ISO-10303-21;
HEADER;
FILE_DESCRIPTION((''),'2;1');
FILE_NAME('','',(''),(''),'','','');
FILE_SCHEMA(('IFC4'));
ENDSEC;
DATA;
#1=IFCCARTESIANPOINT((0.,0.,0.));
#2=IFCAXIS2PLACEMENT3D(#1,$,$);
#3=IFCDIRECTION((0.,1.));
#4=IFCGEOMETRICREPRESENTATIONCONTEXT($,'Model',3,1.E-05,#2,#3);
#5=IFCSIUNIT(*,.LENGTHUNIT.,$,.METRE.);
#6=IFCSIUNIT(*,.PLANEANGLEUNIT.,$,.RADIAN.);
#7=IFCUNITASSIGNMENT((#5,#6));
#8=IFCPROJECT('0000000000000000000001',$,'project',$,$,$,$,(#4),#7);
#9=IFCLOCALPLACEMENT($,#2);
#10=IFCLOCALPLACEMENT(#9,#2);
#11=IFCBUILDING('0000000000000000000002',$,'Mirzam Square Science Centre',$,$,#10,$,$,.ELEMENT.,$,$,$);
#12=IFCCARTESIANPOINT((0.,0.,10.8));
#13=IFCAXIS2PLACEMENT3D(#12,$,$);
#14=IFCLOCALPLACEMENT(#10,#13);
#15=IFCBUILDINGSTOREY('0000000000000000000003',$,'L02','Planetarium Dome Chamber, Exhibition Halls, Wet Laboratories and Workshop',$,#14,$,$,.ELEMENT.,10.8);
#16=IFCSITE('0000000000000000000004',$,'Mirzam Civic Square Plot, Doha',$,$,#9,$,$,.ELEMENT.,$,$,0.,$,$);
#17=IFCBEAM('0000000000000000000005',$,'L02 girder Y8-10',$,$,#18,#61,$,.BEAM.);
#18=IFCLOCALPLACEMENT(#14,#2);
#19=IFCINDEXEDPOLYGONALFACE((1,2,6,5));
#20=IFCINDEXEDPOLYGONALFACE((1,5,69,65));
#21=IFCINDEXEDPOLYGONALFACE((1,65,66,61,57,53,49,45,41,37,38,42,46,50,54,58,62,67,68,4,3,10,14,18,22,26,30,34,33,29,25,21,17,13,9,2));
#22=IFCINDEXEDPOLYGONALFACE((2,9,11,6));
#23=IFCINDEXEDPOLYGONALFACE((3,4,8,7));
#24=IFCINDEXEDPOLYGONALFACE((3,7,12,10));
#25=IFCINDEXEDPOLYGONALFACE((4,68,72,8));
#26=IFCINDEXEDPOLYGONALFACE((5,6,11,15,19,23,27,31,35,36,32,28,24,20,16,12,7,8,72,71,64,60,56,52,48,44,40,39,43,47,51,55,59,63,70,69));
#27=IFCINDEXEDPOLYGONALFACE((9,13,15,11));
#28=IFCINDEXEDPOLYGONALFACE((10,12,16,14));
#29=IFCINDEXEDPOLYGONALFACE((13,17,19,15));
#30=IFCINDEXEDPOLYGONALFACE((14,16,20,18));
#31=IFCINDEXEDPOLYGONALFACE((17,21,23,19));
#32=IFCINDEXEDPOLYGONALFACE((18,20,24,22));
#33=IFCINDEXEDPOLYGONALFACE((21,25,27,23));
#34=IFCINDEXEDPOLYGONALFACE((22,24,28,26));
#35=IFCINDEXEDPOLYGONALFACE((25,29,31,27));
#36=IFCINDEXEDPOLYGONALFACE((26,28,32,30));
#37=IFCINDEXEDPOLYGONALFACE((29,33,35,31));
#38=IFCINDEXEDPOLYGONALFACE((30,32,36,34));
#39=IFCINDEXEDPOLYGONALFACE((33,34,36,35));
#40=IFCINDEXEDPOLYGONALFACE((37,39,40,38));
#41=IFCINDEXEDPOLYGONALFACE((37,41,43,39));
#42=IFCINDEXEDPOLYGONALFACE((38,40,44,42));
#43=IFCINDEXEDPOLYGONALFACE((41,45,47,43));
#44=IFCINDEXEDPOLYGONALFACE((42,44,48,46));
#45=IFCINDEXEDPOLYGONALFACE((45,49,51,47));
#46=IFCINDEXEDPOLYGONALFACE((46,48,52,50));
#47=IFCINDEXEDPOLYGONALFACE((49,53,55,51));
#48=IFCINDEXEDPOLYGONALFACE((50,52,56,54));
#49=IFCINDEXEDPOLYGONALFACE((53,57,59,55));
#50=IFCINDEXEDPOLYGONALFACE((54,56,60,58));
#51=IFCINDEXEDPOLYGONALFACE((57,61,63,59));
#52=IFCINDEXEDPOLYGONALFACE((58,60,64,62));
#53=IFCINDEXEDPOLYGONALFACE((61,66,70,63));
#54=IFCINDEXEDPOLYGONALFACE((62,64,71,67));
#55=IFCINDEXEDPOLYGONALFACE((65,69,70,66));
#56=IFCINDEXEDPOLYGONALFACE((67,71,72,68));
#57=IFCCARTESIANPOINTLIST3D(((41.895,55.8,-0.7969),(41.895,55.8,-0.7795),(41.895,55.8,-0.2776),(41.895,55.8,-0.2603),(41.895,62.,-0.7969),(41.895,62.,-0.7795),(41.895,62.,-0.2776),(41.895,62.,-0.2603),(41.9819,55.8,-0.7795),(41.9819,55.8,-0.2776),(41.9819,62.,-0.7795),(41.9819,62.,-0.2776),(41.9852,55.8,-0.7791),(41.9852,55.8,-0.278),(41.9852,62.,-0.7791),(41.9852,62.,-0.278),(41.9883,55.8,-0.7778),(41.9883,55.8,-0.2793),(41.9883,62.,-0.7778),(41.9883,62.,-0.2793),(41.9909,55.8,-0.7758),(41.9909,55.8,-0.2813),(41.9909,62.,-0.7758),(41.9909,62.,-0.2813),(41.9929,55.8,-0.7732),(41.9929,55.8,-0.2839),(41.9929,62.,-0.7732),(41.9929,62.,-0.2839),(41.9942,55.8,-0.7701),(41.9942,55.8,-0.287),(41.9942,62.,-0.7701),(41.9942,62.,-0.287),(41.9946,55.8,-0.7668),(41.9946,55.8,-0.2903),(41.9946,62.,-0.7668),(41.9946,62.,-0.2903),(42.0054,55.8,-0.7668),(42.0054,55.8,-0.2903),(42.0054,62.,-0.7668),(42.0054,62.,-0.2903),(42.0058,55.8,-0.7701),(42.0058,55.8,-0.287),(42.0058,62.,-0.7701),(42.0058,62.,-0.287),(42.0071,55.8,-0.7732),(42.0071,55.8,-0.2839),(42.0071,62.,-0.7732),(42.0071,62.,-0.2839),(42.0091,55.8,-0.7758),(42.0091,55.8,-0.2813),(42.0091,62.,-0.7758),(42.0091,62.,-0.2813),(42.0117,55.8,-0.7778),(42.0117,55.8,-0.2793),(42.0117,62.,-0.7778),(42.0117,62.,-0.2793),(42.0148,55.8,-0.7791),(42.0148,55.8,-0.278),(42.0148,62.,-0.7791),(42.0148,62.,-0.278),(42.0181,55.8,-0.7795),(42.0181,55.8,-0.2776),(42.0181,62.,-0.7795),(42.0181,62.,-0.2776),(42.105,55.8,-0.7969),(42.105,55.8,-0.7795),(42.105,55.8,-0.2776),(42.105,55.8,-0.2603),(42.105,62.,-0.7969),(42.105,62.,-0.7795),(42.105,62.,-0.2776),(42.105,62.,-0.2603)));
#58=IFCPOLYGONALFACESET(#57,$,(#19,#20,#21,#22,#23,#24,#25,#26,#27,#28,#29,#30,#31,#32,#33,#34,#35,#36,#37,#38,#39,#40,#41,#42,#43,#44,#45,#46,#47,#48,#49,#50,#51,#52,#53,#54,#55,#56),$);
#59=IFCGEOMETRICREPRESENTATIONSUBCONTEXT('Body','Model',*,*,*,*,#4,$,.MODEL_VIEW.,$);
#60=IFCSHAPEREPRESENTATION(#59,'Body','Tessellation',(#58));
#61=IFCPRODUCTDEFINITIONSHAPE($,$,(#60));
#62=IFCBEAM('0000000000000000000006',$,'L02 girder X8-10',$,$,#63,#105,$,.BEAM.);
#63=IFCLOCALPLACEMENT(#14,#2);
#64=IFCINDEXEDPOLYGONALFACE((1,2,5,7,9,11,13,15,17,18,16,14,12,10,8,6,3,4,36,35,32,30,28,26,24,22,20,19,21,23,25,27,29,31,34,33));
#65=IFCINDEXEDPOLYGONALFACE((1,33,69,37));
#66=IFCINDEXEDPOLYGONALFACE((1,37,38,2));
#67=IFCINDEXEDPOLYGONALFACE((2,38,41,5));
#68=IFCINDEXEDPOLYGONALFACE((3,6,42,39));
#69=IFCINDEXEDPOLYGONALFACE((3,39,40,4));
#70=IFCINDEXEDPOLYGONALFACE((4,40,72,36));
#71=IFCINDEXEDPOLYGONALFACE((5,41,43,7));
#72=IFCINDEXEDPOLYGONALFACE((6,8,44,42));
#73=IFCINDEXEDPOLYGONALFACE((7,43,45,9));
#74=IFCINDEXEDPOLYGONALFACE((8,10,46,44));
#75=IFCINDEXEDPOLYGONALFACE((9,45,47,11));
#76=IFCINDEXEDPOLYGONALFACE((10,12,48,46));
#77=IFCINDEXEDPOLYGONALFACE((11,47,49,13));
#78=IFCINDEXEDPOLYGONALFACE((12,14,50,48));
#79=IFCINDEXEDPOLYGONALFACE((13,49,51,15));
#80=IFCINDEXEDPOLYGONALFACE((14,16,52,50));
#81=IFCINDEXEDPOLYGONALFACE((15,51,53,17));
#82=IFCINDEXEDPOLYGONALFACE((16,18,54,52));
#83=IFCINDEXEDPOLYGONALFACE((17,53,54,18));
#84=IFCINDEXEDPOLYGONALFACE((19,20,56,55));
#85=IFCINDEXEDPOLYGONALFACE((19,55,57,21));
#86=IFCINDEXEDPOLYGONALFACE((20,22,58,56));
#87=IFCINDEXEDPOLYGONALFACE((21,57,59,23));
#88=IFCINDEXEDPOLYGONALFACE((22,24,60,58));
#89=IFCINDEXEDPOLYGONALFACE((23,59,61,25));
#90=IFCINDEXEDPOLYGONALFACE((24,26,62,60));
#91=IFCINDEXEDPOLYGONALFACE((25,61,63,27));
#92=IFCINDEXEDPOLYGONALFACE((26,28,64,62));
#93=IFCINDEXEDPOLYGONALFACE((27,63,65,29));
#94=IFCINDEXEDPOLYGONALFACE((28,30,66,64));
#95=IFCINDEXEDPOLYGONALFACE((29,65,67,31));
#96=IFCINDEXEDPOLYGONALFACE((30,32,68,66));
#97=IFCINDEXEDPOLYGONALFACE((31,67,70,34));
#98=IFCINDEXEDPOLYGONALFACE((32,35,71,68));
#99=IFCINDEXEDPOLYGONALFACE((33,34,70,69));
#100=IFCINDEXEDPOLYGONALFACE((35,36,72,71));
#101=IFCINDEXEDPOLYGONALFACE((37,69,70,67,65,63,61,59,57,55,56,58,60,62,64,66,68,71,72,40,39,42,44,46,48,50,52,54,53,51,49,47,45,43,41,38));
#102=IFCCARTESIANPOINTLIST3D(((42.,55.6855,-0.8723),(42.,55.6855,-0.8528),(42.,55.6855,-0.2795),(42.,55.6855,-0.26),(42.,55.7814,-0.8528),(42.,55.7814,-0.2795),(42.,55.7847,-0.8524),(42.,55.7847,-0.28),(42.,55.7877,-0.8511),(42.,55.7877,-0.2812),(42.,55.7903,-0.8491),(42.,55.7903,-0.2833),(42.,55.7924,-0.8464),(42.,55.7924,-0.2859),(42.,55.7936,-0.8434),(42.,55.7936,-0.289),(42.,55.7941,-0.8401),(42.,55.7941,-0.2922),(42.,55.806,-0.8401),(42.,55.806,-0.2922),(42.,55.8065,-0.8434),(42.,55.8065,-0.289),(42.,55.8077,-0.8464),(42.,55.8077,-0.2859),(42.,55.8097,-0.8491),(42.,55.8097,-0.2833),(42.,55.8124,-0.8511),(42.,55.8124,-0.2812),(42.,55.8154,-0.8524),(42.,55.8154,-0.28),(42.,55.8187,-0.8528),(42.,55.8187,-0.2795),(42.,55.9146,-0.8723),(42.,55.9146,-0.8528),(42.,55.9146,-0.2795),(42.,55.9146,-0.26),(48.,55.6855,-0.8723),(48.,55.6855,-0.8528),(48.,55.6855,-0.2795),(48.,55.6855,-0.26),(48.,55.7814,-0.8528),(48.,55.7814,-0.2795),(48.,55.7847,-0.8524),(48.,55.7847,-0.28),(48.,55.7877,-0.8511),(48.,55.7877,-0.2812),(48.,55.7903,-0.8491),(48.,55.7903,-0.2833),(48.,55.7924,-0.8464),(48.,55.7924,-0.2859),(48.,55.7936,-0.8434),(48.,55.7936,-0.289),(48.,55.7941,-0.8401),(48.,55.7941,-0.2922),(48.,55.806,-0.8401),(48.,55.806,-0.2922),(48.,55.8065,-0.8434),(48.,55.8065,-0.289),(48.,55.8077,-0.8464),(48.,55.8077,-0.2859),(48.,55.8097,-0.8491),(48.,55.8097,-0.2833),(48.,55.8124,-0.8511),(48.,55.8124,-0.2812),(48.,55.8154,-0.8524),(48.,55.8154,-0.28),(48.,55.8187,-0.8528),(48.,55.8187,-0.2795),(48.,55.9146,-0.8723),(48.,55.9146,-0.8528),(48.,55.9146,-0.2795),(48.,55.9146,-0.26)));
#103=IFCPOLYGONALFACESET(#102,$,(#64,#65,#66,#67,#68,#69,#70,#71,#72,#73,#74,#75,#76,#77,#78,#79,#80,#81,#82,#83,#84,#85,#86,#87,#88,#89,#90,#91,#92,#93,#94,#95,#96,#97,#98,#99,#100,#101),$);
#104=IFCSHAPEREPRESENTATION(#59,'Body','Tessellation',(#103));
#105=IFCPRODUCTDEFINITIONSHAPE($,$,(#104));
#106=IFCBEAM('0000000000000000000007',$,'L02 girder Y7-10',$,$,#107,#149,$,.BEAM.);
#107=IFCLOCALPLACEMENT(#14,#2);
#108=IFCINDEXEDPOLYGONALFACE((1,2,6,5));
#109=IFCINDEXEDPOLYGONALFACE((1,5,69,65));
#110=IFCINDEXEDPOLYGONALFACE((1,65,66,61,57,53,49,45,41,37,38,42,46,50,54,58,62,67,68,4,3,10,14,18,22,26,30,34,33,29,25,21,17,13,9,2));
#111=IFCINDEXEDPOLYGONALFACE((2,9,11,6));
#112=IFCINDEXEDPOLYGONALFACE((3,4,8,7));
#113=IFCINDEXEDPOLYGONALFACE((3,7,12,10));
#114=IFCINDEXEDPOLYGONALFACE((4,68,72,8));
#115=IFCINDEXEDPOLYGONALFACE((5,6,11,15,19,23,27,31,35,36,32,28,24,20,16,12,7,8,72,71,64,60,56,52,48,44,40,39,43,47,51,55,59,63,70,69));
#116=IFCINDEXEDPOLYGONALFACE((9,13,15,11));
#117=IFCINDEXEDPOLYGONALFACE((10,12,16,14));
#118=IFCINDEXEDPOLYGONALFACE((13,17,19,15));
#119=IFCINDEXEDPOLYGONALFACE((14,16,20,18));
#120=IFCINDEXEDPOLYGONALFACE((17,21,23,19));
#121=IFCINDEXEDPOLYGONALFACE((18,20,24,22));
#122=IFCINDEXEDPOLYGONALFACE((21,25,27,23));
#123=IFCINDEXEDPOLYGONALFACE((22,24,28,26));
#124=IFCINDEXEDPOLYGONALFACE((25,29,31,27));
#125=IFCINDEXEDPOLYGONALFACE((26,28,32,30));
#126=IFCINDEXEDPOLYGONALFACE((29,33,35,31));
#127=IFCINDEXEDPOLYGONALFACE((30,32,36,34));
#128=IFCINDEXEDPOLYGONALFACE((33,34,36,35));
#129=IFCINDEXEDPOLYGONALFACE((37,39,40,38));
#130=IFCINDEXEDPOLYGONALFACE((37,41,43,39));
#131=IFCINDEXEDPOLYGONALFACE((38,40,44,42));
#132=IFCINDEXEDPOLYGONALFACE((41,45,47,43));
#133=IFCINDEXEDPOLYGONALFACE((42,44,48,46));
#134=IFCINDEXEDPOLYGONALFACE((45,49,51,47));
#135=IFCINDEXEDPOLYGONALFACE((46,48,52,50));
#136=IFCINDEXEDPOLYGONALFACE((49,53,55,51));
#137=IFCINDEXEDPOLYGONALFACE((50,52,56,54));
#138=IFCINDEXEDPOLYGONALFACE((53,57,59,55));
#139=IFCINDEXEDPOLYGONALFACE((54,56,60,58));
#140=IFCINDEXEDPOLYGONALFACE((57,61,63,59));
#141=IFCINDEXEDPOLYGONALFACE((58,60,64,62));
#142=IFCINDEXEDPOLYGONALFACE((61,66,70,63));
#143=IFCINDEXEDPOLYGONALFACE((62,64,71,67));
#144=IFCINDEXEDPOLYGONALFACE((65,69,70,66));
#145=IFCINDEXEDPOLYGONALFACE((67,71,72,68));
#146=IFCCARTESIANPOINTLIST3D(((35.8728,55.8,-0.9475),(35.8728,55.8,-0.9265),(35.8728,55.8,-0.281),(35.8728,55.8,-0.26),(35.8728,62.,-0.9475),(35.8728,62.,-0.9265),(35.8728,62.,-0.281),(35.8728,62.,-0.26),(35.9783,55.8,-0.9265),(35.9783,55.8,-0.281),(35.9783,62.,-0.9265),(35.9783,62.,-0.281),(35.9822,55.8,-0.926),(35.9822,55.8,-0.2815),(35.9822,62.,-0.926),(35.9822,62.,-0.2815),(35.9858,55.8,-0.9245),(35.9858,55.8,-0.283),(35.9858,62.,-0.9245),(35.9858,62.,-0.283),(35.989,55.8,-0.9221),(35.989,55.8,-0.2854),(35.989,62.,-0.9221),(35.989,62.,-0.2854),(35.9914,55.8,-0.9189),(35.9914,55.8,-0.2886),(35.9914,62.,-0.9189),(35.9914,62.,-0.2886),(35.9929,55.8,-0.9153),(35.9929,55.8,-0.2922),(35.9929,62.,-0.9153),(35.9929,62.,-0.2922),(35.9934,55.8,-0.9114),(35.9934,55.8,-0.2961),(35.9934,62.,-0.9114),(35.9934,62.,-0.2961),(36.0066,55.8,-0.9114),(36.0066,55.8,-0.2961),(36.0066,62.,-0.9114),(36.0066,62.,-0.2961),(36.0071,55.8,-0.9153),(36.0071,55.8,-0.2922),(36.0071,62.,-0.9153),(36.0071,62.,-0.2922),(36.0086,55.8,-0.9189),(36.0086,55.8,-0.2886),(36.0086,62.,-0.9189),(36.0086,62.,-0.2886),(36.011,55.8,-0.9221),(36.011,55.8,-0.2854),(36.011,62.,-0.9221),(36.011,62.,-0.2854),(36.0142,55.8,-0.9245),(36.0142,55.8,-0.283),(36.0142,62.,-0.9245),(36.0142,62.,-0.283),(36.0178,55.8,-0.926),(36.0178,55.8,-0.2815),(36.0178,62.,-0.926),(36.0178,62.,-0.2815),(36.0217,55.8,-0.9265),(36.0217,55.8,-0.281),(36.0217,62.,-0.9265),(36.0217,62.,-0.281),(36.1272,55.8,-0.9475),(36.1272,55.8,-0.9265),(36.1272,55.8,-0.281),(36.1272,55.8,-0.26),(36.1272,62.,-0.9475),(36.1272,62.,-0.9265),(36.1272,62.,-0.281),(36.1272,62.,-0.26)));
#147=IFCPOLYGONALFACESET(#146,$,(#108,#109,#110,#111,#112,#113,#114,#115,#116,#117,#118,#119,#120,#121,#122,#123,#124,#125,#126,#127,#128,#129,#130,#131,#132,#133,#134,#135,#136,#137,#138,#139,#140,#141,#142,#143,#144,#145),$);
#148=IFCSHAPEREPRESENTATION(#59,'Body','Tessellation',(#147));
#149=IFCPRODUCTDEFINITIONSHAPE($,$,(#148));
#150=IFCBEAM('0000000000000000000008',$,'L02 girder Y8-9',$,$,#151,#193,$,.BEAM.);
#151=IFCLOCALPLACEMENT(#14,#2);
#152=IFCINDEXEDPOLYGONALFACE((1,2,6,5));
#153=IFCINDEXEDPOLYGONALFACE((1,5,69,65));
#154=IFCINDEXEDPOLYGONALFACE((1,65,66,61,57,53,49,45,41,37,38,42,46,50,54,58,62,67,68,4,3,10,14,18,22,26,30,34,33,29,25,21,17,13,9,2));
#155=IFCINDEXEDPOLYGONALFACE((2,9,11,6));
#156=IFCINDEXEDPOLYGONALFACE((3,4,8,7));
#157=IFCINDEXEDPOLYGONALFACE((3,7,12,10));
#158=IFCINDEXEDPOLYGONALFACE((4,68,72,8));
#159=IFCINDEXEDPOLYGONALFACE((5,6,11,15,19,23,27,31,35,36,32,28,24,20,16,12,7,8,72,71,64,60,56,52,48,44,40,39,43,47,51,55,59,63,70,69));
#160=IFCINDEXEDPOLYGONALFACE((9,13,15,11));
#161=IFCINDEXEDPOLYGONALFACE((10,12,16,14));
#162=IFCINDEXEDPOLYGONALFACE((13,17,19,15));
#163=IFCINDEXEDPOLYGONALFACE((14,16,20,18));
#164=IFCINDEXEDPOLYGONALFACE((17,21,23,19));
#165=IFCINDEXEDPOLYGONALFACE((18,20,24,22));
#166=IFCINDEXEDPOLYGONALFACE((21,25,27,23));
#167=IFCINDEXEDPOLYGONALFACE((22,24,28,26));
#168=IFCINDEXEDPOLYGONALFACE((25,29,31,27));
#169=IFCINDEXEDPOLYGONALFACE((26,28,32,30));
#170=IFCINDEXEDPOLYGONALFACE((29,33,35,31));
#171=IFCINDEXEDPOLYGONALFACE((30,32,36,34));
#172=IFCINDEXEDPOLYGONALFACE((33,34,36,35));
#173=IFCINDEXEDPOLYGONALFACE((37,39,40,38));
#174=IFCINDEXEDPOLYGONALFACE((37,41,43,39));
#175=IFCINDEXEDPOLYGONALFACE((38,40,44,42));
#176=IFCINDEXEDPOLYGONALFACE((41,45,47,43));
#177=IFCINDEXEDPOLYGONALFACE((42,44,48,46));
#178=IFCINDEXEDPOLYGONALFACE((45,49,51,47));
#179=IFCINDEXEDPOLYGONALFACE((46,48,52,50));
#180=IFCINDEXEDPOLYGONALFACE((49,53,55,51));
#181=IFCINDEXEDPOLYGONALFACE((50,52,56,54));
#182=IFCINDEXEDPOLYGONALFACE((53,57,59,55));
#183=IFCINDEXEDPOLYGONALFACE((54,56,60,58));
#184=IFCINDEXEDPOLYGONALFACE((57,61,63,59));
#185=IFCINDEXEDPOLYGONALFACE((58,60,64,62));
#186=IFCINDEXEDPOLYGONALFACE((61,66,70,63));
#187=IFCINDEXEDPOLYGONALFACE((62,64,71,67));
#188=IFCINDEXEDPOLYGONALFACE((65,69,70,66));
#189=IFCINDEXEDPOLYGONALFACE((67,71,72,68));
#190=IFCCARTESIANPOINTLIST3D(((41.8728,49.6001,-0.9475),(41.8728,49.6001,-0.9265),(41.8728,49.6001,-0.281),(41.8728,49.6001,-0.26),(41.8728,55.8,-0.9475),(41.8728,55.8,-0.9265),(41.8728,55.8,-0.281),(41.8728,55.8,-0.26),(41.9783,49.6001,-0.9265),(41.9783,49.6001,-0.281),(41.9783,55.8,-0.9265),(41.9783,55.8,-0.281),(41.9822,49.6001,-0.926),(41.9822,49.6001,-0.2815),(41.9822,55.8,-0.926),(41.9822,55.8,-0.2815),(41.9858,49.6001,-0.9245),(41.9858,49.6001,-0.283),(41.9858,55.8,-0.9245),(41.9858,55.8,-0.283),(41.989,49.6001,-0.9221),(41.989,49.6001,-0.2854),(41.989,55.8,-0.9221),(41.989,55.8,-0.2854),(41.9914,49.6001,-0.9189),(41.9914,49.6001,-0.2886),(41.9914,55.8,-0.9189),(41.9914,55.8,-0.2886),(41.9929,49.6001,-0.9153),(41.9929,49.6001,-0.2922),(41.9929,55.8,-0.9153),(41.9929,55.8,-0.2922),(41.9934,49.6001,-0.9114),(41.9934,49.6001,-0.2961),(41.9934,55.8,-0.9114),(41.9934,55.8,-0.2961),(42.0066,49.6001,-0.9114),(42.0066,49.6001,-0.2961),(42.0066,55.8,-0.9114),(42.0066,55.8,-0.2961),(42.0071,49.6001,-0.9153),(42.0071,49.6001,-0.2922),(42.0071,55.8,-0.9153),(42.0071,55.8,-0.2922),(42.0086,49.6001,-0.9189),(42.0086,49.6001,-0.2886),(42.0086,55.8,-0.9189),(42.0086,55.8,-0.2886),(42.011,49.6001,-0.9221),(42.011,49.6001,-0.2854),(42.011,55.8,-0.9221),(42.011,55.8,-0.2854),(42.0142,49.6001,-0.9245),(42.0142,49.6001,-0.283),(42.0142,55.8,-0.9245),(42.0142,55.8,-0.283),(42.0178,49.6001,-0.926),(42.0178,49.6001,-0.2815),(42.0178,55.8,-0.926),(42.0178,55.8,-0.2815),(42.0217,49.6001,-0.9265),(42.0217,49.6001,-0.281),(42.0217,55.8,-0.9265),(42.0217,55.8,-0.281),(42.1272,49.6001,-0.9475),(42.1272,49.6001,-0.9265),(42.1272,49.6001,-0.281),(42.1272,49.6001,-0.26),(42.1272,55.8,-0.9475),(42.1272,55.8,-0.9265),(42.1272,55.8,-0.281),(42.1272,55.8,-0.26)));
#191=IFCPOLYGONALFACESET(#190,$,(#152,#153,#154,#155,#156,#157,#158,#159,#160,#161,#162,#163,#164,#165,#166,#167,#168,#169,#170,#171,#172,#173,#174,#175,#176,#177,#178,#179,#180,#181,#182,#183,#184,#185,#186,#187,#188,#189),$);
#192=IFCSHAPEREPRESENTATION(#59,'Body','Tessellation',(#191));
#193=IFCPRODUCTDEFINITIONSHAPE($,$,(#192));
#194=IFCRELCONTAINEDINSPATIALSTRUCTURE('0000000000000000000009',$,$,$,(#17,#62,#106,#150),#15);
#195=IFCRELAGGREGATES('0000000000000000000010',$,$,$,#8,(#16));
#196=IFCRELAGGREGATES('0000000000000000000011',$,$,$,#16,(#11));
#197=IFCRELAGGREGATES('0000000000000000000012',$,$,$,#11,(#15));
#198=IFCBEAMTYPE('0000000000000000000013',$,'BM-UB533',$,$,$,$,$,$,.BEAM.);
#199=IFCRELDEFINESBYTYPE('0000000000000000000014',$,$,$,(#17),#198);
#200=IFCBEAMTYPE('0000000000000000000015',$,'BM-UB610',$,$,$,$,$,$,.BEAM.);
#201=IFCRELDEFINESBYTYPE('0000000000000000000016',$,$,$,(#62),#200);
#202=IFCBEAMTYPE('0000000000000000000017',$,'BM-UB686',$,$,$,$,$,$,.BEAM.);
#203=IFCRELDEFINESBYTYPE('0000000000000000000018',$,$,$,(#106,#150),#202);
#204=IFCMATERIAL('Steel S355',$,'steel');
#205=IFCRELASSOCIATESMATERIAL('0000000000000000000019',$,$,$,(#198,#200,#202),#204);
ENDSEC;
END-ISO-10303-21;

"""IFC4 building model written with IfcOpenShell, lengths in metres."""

from ifc_helpers import new_model, si_unit, direction, frame, origin, origin_2d, place, context, subcontext, project, spatial, i_section, extrude, material, material_profile, profile_set, type_object, element, save


model = new_model("IFC4")

# Units and contexts
model_context = context("Model", 3, precision=1e-05, world=origin(), true_north=direction((0.0, 1.0)))
body_context = subcontext(model_context, "Body", "Model", "MODEL_VIEW")
ifc_project = project(units=[si_unit("LENGTHUNIT", "METRE"), si_unit("PLANEANGLEUNIT", "RADIAN")], contexts=[model_context])

# Site, building, storey
site_placement = place(None, origin())
site = spatial("IfcSite", under=ifc_project, at=site_placement, Name="Mirzam Civic Square Plot, Doha", CompositionType="ELEMENT", RefElevation=0.0)
building_placement = place(site_placement, origin())
building = spatial("IfcBuilding", under=site, at=building_placement, Name="Mirzam Square Science Centre", CompositionType="ELEMENT")
storey_placement = place(building_placement, frame((0.0, 0.0, 10.8)))
storey = spatial("IfcBuildingStorey", under=building, at=storey_placement, Name="L02", Description="Planetarium Dome Chamber, Exhibition Halls, Wet Laboratories and Workshop", CompositionType="ELEMENT", Elevation=10.8)

# Shared definitions
ifc_material_1 = material(Name="Steel S355", Category="steel")

# Beams
ifc_material_profile_1 = material_profile(ifc_material_1, i_section(OverallWidth=0.21, OverallDepth=0.5366, WebThickness=0.0107, FlangeThickness=0.0173, FilletRadius=0.0127, at=origin_2d()), Name="533x210x101UB")
ifc_profile_set_1 = profile_set([ifc_material_profile_1], Name="Steel S355")
beam_type_1 = type_object("IfcBeamType", Name="BM-UB533", PredefinedType="BEAM", material=ifc_profile_set_1)
beam_1_placement = place(storey_placement, frame((42.0, 55.8, -0.5286), z_axis=(0.0, 1.0, 0.0), x_axis=(-1.0, 0.0, 0.0)))
element("IfcBeam", 1, at=beam_1_placement, inside=storey, type_object=beam_type_1, Name="L02 girder Y8-10", PredefinedType="BEAM", context=body_context, shape_type="SweptSolid", body=[
    extrude(i_section(OverallWidth=0.21, OverallDepth=0.5366, WebThickness=0.0107, FlangeThickness=0.0173, FilletRadius=0.0127, at=origin_2d()), origin(), (0.0, 0.0, 1.0), 6.2),
])
ifc_material_profile_2 = material_profile(ifc_material_1, i_section(OverallWidth=0.229, OverallDepth=0.6123, WebThickness=0.012, FlangeThickness=0.0195, FilletRadius=0.0127, at=origin_2d()), Name="610x229x125UB")
ifc_profile_set_2 = profile_set([ifc_material_profile_2], Name="Steel S355")
beam_type_2 = type_object("IfcBeamType", Name="BM-UB610", PredefinedType="BEAM", material=ifc_profile_set_2)
beam_2_placement = place(storey_placement, frame((42.0, 55.8, -0.5662), z_axis=(1.0, 0.0, 0.0), x_axis=(0.0, 1.0, 0.0)))
element("IfcBeam", 2, at=beam_2_placement, inside=storey, type_object=beam_type_2, Name="L02 girder X8-10", PredefinedType="BEAM", context=body_context, shape_type="SweptSolid", body=[
    extrude(i_section(OverallWidth=0.229, OverallDepth=0.6123, WebThickness=0.012, FlangeThickness=0.0195, FilletRadius=0.0127, at=origin_2d()), origin(), (0.0, 0.0, 1.0), 6.0),
])
ifc_material_profile_3 = material_profile(ifc_material_1, i_section(OverallWidth=0.2544, OverallDepth=0.6875, WebThickness=0.0132, FlangeThickness=0.021, FilletRadius=0.0151, at=origin_2d()), Name="686x254x152UB")
ifc_profile_set_3 = profile_set([ifc_material_profile_3], Name="Steel S355")
beam_type_3 = type_object("IfcBeamType", Name="BM-UB686", PredefinedType="BEAM", material=ifc_profile_set_3)
for number, where, z_axis, x_axis, name in (
    (3, (36.0, 55.8, -0.6038), (0.0, 1.0, 0.0), (-1.0, 0.0, 0.0), "L02 girder Y7-10"),
    (4, (42.0, 49.6001, -0.6038), (0.0, 1.0, 0.0), (-1.0, 0.0, 0.0), "L02 girder Y8-9"),
):
    element("IfcBeam", number, at=place(storey_placement, frame(where, z_axis=z_axis, x_axis=x_axis)), inside=storey, type_object=beam_type_3, Name=name, PredefinedType="BEAM", context=body_context, shape_type="SweptSolid", body=[
        extrude(i_section(OverallWidth=0.2544, OverallDepth=0.6875, WebThickness=0.0132, FlangeThickness=0.021, FilletRadius=0.0151, at=origin_2d()), origin(), (0.0, 0.0, 1.0), 6.2),
    ])

save(model, "model.ifc")
